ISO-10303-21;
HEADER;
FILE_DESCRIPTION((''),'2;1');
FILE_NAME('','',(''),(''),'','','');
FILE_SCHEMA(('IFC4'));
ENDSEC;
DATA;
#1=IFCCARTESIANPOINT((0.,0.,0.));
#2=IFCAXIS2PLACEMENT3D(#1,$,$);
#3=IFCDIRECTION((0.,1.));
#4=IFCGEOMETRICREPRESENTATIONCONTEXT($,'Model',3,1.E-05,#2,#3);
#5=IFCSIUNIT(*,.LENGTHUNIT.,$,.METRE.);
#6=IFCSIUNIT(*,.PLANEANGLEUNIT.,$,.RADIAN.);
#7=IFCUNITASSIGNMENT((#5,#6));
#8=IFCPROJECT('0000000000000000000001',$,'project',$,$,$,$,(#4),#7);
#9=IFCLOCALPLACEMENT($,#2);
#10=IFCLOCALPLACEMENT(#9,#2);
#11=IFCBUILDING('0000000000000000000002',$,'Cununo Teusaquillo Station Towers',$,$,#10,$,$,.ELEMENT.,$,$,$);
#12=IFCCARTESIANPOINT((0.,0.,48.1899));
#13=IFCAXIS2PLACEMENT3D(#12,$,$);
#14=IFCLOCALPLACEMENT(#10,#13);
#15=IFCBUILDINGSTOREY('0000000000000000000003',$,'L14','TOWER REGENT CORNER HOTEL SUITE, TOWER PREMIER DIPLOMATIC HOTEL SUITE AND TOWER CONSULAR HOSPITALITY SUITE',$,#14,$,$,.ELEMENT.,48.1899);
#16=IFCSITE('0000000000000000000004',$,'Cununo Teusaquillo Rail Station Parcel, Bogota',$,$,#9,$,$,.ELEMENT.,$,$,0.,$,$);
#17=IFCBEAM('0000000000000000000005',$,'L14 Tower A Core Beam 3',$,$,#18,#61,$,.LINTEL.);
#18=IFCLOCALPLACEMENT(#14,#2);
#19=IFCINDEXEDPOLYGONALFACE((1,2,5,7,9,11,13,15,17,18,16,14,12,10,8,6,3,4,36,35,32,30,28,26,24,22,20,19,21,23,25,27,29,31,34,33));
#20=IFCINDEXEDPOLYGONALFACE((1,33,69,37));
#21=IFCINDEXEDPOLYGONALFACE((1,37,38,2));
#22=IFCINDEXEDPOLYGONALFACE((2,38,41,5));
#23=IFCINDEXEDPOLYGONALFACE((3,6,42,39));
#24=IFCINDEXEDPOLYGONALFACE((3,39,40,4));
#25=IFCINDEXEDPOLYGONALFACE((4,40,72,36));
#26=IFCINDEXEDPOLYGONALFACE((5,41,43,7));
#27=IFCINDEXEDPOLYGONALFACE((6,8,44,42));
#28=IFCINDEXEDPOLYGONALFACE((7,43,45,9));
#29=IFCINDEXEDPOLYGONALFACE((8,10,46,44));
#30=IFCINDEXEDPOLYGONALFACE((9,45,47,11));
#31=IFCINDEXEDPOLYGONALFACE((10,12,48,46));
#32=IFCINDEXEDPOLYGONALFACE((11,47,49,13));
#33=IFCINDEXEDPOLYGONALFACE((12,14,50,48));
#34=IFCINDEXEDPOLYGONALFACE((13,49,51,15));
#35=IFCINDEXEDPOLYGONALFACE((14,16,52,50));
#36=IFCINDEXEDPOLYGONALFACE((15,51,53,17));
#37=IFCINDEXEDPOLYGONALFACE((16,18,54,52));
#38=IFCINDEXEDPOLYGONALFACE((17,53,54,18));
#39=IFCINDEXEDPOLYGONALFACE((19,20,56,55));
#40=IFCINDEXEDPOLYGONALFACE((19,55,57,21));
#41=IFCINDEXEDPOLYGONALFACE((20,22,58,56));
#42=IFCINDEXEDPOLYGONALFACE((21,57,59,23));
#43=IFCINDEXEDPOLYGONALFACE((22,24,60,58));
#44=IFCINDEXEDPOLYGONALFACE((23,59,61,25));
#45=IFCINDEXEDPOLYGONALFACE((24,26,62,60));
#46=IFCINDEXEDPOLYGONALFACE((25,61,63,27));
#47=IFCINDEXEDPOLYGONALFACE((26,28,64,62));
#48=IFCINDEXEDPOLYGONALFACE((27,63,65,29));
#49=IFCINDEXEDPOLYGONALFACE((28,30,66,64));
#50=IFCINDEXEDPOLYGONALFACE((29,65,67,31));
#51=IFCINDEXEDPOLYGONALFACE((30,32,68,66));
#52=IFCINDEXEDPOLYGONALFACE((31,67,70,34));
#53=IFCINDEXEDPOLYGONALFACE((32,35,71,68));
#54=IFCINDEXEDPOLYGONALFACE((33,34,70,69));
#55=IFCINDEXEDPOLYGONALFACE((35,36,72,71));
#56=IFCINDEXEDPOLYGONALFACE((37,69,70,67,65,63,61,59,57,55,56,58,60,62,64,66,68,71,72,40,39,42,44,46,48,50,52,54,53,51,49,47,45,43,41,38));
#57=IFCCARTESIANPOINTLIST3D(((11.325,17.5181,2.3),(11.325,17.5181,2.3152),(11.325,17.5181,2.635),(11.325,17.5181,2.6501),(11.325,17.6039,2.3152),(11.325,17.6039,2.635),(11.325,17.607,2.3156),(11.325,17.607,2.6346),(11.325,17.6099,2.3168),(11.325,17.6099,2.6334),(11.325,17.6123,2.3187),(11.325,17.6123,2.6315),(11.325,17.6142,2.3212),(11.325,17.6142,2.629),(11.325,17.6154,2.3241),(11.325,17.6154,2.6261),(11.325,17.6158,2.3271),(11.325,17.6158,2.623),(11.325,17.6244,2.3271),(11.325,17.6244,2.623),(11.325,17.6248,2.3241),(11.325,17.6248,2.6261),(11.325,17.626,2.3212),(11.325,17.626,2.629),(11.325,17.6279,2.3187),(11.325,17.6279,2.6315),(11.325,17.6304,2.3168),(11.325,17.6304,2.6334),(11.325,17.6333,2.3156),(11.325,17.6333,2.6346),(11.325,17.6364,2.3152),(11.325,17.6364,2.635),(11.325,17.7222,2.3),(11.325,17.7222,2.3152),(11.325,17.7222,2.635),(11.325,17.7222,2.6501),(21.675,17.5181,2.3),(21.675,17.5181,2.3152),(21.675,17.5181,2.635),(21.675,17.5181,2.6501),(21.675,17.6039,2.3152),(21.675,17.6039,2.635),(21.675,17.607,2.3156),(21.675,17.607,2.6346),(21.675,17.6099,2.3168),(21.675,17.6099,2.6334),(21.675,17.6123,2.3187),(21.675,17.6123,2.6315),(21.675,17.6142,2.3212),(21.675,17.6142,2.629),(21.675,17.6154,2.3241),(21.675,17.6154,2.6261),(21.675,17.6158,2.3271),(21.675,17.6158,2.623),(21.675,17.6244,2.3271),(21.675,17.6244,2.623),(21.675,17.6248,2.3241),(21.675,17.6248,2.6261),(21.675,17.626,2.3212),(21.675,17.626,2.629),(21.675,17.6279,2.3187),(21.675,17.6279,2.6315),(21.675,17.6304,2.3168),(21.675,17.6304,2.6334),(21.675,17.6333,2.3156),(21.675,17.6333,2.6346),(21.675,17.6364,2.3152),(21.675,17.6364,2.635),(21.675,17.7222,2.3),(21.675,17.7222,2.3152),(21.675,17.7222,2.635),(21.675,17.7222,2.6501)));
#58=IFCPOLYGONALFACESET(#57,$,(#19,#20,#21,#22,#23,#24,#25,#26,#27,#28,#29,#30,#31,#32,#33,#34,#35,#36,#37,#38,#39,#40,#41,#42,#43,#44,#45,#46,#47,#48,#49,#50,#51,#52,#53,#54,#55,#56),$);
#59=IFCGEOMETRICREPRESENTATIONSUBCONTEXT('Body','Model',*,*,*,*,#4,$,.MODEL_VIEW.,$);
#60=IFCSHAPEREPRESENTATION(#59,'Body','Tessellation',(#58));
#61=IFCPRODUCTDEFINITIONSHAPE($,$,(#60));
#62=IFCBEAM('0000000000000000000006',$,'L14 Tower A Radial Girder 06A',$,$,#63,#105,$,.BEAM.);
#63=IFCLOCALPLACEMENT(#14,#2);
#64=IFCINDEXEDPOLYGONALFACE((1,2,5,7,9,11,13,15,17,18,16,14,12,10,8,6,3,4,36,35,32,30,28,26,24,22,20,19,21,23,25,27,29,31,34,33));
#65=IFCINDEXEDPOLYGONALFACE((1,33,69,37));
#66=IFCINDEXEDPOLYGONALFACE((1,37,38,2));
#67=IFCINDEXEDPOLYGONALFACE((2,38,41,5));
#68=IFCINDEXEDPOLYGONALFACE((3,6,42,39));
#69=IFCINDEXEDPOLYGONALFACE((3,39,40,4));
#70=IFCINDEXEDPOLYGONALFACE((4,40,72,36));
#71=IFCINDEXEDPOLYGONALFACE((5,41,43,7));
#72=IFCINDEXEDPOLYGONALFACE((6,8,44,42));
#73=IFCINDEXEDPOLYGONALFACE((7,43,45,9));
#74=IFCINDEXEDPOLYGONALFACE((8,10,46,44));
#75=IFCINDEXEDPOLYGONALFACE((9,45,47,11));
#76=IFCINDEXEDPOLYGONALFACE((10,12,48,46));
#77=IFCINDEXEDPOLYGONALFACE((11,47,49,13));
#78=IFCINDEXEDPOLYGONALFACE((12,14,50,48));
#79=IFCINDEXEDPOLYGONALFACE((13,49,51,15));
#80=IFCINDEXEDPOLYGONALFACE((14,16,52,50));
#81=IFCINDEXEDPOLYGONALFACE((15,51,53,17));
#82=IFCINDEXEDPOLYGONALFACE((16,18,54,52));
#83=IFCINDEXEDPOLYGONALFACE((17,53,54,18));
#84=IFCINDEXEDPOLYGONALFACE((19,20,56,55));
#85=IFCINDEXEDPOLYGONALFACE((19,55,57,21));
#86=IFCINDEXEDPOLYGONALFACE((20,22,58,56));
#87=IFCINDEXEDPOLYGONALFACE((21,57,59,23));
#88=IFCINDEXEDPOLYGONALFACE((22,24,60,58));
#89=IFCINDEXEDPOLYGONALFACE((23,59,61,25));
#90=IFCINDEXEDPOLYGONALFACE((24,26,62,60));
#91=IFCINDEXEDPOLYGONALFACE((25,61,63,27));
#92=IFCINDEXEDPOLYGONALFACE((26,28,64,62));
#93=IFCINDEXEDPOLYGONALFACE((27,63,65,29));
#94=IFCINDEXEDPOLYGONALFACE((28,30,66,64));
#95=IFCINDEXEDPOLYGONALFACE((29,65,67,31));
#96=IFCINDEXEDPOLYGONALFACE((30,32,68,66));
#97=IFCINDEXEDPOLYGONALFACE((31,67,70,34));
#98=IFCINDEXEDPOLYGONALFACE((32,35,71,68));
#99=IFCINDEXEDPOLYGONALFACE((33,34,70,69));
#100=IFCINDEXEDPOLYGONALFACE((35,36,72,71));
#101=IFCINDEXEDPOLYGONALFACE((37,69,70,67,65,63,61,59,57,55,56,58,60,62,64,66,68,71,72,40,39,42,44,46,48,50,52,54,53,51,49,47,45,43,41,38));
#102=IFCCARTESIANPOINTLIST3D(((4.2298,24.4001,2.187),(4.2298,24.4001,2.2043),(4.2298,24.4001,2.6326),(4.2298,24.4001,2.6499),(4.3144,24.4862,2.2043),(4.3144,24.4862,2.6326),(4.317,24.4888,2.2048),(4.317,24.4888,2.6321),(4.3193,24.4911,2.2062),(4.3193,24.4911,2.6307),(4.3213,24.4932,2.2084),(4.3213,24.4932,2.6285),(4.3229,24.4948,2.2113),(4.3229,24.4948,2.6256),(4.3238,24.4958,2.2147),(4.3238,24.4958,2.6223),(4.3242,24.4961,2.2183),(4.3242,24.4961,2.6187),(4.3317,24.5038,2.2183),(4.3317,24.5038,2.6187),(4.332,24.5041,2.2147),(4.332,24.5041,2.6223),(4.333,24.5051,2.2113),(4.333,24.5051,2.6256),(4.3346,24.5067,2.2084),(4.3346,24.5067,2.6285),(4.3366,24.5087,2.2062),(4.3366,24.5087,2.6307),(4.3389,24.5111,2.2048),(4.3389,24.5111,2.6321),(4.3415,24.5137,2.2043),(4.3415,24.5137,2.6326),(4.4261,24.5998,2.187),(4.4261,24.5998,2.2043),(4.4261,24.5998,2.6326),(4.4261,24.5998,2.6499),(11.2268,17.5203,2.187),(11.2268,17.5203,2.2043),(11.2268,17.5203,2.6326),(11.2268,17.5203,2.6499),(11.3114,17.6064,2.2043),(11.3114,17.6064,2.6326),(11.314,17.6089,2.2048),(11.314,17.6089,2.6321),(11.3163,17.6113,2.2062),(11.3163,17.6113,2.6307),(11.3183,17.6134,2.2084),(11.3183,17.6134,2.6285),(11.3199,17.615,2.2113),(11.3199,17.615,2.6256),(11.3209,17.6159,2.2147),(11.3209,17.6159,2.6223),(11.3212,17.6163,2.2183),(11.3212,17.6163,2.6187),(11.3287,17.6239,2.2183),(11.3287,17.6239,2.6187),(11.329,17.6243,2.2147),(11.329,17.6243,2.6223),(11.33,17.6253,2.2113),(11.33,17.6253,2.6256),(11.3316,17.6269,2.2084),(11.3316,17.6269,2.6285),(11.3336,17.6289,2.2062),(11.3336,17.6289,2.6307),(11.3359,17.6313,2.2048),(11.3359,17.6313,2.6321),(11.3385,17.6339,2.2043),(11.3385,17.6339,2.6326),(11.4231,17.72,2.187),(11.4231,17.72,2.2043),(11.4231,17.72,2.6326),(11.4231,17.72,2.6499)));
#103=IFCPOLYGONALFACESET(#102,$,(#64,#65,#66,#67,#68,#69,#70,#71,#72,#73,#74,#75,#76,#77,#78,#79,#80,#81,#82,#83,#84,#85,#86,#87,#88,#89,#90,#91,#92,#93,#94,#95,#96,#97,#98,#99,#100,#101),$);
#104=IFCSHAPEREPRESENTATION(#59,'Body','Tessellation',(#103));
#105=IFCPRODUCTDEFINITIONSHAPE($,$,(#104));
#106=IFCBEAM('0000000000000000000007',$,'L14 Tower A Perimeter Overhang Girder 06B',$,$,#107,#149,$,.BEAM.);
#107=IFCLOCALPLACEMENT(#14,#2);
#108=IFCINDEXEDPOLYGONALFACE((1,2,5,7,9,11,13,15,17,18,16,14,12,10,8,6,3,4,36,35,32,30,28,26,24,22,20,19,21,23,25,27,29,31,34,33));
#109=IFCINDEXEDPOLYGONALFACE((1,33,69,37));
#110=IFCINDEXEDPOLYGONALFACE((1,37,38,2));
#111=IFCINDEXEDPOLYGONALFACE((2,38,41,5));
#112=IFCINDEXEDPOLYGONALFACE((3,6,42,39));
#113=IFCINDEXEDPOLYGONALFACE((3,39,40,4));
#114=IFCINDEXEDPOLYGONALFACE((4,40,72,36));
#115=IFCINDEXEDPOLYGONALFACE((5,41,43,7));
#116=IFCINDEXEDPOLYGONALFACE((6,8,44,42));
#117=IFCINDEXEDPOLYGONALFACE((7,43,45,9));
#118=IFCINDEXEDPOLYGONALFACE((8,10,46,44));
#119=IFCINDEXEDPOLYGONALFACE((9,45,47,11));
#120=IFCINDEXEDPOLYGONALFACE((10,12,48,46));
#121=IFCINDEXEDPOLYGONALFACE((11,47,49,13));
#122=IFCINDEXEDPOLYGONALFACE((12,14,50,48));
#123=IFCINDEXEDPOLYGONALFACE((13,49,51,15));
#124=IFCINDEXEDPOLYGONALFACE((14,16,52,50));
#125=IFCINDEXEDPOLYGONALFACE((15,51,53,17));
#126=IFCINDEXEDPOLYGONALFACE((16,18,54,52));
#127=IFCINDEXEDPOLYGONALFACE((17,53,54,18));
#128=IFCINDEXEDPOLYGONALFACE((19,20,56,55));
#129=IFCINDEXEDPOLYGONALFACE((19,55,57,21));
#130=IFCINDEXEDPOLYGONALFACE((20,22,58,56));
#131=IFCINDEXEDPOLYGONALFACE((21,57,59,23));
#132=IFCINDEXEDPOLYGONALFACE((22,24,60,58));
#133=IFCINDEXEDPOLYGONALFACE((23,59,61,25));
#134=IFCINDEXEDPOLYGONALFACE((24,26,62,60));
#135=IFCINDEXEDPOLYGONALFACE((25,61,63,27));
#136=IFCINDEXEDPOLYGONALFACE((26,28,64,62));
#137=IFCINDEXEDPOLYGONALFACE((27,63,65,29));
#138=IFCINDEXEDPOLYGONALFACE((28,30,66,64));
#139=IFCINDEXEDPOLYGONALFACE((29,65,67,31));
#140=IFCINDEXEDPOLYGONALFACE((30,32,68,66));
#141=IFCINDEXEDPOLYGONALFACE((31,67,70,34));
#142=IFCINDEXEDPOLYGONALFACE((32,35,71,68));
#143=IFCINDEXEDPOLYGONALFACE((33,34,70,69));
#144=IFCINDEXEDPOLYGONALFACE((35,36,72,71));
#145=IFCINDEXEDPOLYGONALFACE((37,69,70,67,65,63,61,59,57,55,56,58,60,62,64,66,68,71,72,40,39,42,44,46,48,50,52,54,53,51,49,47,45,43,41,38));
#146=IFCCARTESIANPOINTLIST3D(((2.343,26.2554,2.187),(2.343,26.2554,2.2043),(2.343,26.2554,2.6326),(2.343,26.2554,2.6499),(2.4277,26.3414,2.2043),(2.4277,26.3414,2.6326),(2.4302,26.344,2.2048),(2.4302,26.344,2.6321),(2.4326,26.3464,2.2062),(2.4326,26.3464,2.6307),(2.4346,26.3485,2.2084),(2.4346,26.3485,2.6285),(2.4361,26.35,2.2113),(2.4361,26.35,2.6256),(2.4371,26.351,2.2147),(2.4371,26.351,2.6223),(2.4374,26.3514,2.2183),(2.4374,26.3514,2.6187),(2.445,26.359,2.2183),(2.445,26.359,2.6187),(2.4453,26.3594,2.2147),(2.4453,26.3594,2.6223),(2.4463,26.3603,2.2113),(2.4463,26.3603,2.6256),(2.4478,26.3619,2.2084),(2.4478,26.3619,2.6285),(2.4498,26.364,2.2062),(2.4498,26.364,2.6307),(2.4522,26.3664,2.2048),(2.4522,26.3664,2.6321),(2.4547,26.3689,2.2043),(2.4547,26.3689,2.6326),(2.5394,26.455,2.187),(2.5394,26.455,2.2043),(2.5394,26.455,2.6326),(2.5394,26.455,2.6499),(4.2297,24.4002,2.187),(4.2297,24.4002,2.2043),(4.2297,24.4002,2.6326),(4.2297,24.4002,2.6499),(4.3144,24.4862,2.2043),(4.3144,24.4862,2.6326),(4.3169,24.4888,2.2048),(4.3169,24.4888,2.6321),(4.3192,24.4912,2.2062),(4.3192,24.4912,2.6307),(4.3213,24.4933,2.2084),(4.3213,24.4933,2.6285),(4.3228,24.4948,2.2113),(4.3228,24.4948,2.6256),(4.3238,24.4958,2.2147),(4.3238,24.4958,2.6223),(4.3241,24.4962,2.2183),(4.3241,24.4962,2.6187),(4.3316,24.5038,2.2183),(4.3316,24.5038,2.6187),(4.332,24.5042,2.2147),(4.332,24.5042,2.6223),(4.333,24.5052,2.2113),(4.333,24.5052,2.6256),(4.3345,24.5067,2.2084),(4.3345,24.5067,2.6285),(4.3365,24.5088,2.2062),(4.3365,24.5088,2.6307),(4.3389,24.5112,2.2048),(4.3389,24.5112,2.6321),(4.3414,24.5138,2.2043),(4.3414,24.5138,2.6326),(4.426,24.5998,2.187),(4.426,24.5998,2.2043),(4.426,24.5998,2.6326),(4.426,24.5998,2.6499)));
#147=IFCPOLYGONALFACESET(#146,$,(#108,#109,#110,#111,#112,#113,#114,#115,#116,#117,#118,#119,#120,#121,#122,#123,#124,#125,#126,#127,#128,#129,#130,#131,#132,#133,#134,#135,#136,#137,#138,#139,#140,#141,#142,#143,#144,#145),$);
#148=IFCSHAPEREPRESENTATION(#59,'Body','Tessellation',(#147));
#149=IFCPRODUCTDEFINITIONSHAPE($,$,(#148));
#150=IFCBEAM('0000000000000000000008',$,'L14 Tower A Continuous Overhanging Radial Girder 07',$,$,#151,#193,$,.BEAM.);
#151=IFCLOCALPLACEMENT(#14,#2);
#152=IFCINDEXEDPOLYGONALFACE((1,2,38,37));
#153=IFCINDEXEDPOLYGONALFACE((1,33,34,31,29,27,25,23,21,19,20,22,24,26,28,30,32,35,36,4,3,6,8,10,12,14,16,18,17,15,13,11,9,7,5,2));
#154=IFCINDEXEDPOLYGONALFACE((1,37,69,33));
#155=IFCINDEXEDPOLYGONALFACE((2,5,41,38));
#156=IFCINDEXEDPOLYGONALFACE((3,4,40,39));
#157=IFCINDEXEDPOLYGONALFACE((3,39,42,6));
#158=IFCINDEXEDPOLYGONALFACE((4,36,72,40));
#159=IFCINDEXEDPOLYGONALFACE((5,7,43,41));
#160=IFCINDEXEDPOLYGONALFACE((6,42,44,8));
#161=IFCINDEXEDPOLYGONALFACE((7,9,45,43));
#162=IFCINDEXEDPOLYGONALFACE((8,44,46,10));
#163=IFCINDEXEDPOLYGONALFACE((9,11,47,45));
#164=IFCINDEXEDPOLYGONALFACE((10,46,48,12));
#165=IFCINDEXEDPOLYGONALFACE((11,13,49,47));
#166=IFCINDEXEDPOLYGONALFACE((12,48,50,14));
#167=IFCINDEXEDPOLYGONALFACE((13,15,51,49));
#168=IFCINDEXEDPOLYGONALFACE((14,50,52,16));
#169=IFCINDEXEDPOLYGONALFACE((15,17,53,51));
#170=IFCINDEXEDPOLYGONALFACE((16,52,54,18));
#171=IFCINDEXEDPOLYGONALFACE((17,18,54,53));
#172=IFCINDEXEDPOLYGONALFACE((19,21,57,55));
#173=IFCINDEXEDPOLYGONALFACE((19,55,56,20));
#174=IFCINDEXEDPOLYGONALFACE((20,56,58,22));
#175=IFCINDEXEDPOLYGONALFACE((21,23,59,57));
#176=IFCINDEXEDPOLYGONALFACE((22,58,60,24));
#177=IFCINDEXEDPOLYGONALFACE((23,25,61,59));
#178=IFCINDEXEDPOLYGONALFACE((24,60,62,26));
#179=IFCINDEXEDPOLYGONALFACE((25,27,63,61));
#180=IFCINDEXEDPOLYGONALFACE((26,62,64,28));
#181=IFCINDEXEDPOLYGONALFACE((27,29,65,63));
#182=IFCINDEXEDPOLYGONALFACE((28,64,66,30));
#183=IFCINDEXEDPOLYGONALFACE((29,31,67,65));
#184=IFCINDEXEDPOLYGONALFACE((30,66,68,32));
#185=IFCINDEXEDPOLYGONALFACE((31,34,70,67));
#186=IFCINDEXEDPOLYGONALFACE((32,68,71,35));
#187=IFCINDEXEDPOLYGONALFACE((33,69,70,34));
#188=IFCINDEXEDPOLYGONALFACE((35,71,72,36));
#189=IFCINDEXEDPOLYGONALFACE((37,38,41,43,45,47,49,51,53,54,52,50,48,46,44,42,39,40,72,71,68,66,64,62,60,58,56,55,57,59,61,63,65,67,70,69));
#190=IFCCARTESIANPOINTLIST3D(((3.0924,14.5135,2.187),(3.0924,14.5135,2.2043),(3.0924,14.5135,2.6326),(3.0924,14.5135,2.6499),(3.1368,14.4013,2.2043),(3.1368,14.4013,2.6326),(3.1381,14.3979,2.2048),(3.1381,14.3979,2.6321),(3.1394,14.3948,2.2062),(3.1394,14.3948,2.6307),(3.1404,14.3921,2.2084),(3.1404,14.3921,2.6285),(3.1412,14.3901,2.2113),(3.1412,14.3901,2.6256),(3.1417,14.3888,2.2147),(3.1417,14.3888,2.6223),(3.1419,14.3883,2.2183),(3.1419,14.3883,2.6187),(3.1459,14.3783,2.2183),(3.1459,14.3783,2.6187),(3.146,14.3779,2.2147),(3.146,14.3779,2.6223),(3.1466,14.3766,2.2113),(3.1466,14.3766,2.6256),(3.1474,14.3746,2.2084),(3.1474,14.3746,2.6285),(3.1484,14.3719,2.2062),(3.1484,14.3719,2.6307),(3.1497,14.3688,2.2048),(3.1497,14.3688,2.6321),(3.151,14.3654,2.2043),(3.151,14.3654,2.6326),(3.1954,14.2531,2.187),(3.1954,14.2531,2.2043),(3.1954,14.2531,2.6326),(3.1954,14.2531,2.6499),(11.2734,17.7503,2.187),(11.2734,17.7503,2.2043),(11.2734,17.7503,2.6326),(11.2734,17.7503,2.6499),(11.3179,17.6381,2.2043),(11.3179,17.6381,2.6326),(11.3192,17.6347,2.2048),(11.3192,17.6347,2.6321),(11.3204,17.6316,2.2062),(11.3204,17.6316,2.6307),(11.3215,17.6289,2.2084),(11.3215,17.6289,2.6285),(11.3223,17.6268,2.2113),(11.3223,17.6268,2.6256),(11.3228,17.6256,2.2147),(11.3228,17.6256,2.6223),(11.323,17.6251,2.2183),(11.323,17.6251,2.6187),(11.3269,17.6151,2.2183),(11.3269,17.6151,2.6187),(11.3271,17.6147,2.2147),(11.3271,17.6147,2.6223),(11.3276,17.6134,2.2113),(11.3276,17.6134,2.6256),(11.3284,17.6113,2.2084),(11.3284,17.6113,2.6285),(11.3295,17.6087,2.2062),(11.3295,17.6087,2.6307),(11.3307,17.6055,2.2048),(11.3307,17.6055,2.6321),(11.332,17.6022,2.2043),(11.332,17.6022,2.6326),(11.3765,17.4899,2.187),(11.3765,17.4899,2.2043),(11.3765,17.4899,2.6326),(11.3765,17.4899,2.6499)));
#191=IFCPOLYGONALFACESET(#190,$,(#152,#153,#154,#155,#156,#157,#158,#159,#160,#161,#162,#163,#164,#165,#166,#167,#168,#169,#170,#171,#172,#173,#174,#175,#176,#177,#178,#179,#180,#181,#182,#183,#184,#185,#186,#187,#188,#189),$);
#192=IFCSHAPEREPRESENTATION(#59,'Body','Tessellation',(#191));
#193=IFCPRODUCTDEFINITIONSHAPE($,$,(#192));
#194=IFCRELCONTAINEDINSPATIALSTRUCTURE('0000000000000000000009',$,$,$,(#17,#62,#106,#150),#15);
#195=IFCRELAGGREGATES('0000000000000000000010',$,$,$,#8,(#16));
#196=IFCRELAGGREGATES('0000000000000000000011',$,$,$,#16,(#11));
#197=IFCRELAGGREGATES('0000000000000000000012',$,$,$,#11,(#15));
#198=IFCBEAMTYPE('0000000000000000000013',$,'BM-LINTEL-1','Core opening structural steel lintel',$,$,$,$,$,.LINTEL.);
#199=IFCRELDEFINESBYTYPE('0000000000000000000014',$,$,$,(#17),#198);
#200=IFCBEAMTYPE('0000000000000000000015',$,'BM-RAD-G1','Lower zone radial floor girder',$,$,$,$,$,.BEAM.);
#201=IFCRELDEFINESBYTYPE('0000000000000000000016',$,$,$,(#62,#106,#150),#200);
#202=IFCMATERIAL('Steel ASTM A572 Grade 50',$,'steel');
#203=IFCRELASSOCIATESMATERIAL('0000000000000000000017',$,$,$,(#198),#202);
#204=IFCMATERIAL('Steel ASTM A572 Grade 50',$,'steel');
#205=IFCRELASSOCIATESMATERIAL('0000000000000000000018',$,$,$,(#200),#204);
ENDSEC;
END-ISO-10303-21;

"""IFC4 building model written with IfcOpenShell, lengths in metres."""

from ifc_helpers import new_model, si_unit, direction, frame, origin, origin_2d, place, context, subcontext, project, spatial, i_section, extrude, material, material_profile, profile_set, type_object, element, save


model = new_model("IFC4")

# Units and contexts
model_context = context("Model", 3, precision=1e-05, world=origin(), true_north=direction((0.0, 1.0)))
body_context = subcontext(model_context, "Body", "Model", "MODEL_VIEW")
ifc_project = project(units=[si_unit("LENGTHUNIT", "METRE"), si_unit("PLANEANGLEUNIT", "RADIAN")], contexts=[model_context])

# Site, building, storey
site_placement = place(None, origin())
site = spatial("IfcSite", under=ifc_project, at=site_placement, Name="Cununo Teusaquillo Rail Station Parcel, Bogota", CompositionType="ELEMENT", RefElevation=0.0)
building_placement = place(site_placement, origin())
building = spatial("IfcBuilding", under=site, at=building_placement, Name="Cununo Teusaquillo Station Towers", CompositionType="ELEMENT")
storey_placement = place(building_placement, frame((0.0, 0.0, 48.1899)))
storey = spatial("IfcBuildingStorey", under=building, at=storey_placement, Name="L14", Description="TOWER REGENT CORNER HOTEL SUITE, TOWER PREMIER DIPLOMATIC HOTEL SUITE AND TOWER CONSULAR HOSPITALITY SUITE", CompositionType="ELEMENT", Elevation=48.1899)

# Beams
ifc_material_1 = material(Name="Steel ASTM A572 Grade 50", Category="steel")
ifc_material_profile_1 = material_profile(ifc_material_1, i_section(OverallWidth=0.2041, OverallDepth=0.3501, WebThickness=0.0085, FlangeThickness=0.0151, FilletRadius=0.012, at=origin_2d()), Name="W14X48")
ifc_profile_set_1 = profile_set([ifc_material_profile_1], Name="Steel ASTM A572 Grade 50")
beam_type_1 = type_object("IfcBeamType", Name="BM-LINTEL-1", Description="Core opening structural steel lintel", PredefinedType="LINTEL", material=ifc_profile_set_1)
beam_1_placement = place(storey_placement, frame((11.325, 17.6201, 2.4751), z_axis=(1.0, 0.0, 0.0), x_axis=(0.0, 1.0, 0.0)))
element("IfcBeam", 1, at=beam_1_placement, inside=storey, type_object=beam_type_1, Name="L14 Tower A Core Beam 3", PredefinedType="LINTEL", context=body_context, shape_type="SweptSolid", body=[
    extrude(i_section(OverallWidth=0.2041, OverallDepth=0.3501, WebThickness=0.0085, FlangeThickness=0.0151, FilletRadius=0.012, at=origin_2d()), origin(), (0.0, 0.0, 1.0), 10.3501),
])
ifc_material_2 = material(Name="Steel ASTM A572 Grade 50", Category="steel")
ifc_material_profile_2 = material_profile(ifc_material_2, i_section(OverallWidth=0.28, OverallDepth=0.4629, WebThickness=0.0107, FlangeThickness=0.0173, FilletRadius=0.0139, at=origin_2d()), Name="W18X76")
ifc_profile_set_2 = profile_set([ifc_material_profile_2], Name="Steel ASTM A572 Grade 50")
beam_type_2 = type_object("IfcBeamType", Name="BM-RAD-G1", Description="Lower zone radial floor girder", PredefinedType="BEAM", material=ifc_profile_set_2)
beam_2_placement = place(storey_placement, frame((11.325, 17.6201, 2.4185), z_axis=(-0.713053, 0.70111, 0.0), x_axis=(-0.70111, -0.713053, 0.0)))
element("IfcBeam", 2, at=beam_2_placement, inside=storey, type_object=beam_type_2, Name="L14 Tower A Radial Girder 06A", PredefinedType="BEAM", context=body_context, shape_type="SweptSolid", body=[
    extrude(i_section(OverallWidth=0.28, OverallDepth=0.4629, WebThickness=0.0107, FlangeThickness=0.0173, FilletRadius=0.0139, at=origin_2d()), origin(), (0.0, 0.0, 1.0), 9.8127),
])
beam_3_placement = place(storey_placement, frame((4.3279, 24.5, 2.4185), z_axis=(-0.713033, 0.701131, 0.0), x_axis=(-0.701131, -0.713033, 0.0)))
element("IfcBeam", 3, at=beam_3_placement, inside=storey, type_object=beam_type_2, Name="L14 Tower A Perimeter Overhang Girder 06B", PredefinedType="BEAM", context=body_context, shape_type="SweptSolid", body=[
    extrude(i_section(OverallWidth=0.28, OverallDepth=0.4629, WebThickness=0.0107, FlangeThickness=0.0173, FilletRadius=0.0139, at=origin_2d()), origin(), (0.0, 0.0, 1.0), 2.646),
])
beam_4_placement = place(storey_placement, frame((11.325, 17.6201, 2.4185), z_axis=(-0.929867, -0.367896, 0.0), x_axis=(0.367896, -0.929867, 0.0)))
element("IfcBeam", 4, at=beam_4_placement, inside=storey, type_object=beam_type_2, Name="L14 Tower A Continuous Overhanging Radial Girder 07", PredefinedType="BEAM", context=body_context, shape_type="SweptSolid", body=[
    extrude(i_section(OverallWidth=0.28, OverallDepth=0.4629, WebThickness=0.0107, FlangeThickness=0.0173, FilletRadius=0.0139, at=origin_2d()), origin(), (0.0, 0.0, 1.0), 8.7981),
])

save(model, "model.ifc")
